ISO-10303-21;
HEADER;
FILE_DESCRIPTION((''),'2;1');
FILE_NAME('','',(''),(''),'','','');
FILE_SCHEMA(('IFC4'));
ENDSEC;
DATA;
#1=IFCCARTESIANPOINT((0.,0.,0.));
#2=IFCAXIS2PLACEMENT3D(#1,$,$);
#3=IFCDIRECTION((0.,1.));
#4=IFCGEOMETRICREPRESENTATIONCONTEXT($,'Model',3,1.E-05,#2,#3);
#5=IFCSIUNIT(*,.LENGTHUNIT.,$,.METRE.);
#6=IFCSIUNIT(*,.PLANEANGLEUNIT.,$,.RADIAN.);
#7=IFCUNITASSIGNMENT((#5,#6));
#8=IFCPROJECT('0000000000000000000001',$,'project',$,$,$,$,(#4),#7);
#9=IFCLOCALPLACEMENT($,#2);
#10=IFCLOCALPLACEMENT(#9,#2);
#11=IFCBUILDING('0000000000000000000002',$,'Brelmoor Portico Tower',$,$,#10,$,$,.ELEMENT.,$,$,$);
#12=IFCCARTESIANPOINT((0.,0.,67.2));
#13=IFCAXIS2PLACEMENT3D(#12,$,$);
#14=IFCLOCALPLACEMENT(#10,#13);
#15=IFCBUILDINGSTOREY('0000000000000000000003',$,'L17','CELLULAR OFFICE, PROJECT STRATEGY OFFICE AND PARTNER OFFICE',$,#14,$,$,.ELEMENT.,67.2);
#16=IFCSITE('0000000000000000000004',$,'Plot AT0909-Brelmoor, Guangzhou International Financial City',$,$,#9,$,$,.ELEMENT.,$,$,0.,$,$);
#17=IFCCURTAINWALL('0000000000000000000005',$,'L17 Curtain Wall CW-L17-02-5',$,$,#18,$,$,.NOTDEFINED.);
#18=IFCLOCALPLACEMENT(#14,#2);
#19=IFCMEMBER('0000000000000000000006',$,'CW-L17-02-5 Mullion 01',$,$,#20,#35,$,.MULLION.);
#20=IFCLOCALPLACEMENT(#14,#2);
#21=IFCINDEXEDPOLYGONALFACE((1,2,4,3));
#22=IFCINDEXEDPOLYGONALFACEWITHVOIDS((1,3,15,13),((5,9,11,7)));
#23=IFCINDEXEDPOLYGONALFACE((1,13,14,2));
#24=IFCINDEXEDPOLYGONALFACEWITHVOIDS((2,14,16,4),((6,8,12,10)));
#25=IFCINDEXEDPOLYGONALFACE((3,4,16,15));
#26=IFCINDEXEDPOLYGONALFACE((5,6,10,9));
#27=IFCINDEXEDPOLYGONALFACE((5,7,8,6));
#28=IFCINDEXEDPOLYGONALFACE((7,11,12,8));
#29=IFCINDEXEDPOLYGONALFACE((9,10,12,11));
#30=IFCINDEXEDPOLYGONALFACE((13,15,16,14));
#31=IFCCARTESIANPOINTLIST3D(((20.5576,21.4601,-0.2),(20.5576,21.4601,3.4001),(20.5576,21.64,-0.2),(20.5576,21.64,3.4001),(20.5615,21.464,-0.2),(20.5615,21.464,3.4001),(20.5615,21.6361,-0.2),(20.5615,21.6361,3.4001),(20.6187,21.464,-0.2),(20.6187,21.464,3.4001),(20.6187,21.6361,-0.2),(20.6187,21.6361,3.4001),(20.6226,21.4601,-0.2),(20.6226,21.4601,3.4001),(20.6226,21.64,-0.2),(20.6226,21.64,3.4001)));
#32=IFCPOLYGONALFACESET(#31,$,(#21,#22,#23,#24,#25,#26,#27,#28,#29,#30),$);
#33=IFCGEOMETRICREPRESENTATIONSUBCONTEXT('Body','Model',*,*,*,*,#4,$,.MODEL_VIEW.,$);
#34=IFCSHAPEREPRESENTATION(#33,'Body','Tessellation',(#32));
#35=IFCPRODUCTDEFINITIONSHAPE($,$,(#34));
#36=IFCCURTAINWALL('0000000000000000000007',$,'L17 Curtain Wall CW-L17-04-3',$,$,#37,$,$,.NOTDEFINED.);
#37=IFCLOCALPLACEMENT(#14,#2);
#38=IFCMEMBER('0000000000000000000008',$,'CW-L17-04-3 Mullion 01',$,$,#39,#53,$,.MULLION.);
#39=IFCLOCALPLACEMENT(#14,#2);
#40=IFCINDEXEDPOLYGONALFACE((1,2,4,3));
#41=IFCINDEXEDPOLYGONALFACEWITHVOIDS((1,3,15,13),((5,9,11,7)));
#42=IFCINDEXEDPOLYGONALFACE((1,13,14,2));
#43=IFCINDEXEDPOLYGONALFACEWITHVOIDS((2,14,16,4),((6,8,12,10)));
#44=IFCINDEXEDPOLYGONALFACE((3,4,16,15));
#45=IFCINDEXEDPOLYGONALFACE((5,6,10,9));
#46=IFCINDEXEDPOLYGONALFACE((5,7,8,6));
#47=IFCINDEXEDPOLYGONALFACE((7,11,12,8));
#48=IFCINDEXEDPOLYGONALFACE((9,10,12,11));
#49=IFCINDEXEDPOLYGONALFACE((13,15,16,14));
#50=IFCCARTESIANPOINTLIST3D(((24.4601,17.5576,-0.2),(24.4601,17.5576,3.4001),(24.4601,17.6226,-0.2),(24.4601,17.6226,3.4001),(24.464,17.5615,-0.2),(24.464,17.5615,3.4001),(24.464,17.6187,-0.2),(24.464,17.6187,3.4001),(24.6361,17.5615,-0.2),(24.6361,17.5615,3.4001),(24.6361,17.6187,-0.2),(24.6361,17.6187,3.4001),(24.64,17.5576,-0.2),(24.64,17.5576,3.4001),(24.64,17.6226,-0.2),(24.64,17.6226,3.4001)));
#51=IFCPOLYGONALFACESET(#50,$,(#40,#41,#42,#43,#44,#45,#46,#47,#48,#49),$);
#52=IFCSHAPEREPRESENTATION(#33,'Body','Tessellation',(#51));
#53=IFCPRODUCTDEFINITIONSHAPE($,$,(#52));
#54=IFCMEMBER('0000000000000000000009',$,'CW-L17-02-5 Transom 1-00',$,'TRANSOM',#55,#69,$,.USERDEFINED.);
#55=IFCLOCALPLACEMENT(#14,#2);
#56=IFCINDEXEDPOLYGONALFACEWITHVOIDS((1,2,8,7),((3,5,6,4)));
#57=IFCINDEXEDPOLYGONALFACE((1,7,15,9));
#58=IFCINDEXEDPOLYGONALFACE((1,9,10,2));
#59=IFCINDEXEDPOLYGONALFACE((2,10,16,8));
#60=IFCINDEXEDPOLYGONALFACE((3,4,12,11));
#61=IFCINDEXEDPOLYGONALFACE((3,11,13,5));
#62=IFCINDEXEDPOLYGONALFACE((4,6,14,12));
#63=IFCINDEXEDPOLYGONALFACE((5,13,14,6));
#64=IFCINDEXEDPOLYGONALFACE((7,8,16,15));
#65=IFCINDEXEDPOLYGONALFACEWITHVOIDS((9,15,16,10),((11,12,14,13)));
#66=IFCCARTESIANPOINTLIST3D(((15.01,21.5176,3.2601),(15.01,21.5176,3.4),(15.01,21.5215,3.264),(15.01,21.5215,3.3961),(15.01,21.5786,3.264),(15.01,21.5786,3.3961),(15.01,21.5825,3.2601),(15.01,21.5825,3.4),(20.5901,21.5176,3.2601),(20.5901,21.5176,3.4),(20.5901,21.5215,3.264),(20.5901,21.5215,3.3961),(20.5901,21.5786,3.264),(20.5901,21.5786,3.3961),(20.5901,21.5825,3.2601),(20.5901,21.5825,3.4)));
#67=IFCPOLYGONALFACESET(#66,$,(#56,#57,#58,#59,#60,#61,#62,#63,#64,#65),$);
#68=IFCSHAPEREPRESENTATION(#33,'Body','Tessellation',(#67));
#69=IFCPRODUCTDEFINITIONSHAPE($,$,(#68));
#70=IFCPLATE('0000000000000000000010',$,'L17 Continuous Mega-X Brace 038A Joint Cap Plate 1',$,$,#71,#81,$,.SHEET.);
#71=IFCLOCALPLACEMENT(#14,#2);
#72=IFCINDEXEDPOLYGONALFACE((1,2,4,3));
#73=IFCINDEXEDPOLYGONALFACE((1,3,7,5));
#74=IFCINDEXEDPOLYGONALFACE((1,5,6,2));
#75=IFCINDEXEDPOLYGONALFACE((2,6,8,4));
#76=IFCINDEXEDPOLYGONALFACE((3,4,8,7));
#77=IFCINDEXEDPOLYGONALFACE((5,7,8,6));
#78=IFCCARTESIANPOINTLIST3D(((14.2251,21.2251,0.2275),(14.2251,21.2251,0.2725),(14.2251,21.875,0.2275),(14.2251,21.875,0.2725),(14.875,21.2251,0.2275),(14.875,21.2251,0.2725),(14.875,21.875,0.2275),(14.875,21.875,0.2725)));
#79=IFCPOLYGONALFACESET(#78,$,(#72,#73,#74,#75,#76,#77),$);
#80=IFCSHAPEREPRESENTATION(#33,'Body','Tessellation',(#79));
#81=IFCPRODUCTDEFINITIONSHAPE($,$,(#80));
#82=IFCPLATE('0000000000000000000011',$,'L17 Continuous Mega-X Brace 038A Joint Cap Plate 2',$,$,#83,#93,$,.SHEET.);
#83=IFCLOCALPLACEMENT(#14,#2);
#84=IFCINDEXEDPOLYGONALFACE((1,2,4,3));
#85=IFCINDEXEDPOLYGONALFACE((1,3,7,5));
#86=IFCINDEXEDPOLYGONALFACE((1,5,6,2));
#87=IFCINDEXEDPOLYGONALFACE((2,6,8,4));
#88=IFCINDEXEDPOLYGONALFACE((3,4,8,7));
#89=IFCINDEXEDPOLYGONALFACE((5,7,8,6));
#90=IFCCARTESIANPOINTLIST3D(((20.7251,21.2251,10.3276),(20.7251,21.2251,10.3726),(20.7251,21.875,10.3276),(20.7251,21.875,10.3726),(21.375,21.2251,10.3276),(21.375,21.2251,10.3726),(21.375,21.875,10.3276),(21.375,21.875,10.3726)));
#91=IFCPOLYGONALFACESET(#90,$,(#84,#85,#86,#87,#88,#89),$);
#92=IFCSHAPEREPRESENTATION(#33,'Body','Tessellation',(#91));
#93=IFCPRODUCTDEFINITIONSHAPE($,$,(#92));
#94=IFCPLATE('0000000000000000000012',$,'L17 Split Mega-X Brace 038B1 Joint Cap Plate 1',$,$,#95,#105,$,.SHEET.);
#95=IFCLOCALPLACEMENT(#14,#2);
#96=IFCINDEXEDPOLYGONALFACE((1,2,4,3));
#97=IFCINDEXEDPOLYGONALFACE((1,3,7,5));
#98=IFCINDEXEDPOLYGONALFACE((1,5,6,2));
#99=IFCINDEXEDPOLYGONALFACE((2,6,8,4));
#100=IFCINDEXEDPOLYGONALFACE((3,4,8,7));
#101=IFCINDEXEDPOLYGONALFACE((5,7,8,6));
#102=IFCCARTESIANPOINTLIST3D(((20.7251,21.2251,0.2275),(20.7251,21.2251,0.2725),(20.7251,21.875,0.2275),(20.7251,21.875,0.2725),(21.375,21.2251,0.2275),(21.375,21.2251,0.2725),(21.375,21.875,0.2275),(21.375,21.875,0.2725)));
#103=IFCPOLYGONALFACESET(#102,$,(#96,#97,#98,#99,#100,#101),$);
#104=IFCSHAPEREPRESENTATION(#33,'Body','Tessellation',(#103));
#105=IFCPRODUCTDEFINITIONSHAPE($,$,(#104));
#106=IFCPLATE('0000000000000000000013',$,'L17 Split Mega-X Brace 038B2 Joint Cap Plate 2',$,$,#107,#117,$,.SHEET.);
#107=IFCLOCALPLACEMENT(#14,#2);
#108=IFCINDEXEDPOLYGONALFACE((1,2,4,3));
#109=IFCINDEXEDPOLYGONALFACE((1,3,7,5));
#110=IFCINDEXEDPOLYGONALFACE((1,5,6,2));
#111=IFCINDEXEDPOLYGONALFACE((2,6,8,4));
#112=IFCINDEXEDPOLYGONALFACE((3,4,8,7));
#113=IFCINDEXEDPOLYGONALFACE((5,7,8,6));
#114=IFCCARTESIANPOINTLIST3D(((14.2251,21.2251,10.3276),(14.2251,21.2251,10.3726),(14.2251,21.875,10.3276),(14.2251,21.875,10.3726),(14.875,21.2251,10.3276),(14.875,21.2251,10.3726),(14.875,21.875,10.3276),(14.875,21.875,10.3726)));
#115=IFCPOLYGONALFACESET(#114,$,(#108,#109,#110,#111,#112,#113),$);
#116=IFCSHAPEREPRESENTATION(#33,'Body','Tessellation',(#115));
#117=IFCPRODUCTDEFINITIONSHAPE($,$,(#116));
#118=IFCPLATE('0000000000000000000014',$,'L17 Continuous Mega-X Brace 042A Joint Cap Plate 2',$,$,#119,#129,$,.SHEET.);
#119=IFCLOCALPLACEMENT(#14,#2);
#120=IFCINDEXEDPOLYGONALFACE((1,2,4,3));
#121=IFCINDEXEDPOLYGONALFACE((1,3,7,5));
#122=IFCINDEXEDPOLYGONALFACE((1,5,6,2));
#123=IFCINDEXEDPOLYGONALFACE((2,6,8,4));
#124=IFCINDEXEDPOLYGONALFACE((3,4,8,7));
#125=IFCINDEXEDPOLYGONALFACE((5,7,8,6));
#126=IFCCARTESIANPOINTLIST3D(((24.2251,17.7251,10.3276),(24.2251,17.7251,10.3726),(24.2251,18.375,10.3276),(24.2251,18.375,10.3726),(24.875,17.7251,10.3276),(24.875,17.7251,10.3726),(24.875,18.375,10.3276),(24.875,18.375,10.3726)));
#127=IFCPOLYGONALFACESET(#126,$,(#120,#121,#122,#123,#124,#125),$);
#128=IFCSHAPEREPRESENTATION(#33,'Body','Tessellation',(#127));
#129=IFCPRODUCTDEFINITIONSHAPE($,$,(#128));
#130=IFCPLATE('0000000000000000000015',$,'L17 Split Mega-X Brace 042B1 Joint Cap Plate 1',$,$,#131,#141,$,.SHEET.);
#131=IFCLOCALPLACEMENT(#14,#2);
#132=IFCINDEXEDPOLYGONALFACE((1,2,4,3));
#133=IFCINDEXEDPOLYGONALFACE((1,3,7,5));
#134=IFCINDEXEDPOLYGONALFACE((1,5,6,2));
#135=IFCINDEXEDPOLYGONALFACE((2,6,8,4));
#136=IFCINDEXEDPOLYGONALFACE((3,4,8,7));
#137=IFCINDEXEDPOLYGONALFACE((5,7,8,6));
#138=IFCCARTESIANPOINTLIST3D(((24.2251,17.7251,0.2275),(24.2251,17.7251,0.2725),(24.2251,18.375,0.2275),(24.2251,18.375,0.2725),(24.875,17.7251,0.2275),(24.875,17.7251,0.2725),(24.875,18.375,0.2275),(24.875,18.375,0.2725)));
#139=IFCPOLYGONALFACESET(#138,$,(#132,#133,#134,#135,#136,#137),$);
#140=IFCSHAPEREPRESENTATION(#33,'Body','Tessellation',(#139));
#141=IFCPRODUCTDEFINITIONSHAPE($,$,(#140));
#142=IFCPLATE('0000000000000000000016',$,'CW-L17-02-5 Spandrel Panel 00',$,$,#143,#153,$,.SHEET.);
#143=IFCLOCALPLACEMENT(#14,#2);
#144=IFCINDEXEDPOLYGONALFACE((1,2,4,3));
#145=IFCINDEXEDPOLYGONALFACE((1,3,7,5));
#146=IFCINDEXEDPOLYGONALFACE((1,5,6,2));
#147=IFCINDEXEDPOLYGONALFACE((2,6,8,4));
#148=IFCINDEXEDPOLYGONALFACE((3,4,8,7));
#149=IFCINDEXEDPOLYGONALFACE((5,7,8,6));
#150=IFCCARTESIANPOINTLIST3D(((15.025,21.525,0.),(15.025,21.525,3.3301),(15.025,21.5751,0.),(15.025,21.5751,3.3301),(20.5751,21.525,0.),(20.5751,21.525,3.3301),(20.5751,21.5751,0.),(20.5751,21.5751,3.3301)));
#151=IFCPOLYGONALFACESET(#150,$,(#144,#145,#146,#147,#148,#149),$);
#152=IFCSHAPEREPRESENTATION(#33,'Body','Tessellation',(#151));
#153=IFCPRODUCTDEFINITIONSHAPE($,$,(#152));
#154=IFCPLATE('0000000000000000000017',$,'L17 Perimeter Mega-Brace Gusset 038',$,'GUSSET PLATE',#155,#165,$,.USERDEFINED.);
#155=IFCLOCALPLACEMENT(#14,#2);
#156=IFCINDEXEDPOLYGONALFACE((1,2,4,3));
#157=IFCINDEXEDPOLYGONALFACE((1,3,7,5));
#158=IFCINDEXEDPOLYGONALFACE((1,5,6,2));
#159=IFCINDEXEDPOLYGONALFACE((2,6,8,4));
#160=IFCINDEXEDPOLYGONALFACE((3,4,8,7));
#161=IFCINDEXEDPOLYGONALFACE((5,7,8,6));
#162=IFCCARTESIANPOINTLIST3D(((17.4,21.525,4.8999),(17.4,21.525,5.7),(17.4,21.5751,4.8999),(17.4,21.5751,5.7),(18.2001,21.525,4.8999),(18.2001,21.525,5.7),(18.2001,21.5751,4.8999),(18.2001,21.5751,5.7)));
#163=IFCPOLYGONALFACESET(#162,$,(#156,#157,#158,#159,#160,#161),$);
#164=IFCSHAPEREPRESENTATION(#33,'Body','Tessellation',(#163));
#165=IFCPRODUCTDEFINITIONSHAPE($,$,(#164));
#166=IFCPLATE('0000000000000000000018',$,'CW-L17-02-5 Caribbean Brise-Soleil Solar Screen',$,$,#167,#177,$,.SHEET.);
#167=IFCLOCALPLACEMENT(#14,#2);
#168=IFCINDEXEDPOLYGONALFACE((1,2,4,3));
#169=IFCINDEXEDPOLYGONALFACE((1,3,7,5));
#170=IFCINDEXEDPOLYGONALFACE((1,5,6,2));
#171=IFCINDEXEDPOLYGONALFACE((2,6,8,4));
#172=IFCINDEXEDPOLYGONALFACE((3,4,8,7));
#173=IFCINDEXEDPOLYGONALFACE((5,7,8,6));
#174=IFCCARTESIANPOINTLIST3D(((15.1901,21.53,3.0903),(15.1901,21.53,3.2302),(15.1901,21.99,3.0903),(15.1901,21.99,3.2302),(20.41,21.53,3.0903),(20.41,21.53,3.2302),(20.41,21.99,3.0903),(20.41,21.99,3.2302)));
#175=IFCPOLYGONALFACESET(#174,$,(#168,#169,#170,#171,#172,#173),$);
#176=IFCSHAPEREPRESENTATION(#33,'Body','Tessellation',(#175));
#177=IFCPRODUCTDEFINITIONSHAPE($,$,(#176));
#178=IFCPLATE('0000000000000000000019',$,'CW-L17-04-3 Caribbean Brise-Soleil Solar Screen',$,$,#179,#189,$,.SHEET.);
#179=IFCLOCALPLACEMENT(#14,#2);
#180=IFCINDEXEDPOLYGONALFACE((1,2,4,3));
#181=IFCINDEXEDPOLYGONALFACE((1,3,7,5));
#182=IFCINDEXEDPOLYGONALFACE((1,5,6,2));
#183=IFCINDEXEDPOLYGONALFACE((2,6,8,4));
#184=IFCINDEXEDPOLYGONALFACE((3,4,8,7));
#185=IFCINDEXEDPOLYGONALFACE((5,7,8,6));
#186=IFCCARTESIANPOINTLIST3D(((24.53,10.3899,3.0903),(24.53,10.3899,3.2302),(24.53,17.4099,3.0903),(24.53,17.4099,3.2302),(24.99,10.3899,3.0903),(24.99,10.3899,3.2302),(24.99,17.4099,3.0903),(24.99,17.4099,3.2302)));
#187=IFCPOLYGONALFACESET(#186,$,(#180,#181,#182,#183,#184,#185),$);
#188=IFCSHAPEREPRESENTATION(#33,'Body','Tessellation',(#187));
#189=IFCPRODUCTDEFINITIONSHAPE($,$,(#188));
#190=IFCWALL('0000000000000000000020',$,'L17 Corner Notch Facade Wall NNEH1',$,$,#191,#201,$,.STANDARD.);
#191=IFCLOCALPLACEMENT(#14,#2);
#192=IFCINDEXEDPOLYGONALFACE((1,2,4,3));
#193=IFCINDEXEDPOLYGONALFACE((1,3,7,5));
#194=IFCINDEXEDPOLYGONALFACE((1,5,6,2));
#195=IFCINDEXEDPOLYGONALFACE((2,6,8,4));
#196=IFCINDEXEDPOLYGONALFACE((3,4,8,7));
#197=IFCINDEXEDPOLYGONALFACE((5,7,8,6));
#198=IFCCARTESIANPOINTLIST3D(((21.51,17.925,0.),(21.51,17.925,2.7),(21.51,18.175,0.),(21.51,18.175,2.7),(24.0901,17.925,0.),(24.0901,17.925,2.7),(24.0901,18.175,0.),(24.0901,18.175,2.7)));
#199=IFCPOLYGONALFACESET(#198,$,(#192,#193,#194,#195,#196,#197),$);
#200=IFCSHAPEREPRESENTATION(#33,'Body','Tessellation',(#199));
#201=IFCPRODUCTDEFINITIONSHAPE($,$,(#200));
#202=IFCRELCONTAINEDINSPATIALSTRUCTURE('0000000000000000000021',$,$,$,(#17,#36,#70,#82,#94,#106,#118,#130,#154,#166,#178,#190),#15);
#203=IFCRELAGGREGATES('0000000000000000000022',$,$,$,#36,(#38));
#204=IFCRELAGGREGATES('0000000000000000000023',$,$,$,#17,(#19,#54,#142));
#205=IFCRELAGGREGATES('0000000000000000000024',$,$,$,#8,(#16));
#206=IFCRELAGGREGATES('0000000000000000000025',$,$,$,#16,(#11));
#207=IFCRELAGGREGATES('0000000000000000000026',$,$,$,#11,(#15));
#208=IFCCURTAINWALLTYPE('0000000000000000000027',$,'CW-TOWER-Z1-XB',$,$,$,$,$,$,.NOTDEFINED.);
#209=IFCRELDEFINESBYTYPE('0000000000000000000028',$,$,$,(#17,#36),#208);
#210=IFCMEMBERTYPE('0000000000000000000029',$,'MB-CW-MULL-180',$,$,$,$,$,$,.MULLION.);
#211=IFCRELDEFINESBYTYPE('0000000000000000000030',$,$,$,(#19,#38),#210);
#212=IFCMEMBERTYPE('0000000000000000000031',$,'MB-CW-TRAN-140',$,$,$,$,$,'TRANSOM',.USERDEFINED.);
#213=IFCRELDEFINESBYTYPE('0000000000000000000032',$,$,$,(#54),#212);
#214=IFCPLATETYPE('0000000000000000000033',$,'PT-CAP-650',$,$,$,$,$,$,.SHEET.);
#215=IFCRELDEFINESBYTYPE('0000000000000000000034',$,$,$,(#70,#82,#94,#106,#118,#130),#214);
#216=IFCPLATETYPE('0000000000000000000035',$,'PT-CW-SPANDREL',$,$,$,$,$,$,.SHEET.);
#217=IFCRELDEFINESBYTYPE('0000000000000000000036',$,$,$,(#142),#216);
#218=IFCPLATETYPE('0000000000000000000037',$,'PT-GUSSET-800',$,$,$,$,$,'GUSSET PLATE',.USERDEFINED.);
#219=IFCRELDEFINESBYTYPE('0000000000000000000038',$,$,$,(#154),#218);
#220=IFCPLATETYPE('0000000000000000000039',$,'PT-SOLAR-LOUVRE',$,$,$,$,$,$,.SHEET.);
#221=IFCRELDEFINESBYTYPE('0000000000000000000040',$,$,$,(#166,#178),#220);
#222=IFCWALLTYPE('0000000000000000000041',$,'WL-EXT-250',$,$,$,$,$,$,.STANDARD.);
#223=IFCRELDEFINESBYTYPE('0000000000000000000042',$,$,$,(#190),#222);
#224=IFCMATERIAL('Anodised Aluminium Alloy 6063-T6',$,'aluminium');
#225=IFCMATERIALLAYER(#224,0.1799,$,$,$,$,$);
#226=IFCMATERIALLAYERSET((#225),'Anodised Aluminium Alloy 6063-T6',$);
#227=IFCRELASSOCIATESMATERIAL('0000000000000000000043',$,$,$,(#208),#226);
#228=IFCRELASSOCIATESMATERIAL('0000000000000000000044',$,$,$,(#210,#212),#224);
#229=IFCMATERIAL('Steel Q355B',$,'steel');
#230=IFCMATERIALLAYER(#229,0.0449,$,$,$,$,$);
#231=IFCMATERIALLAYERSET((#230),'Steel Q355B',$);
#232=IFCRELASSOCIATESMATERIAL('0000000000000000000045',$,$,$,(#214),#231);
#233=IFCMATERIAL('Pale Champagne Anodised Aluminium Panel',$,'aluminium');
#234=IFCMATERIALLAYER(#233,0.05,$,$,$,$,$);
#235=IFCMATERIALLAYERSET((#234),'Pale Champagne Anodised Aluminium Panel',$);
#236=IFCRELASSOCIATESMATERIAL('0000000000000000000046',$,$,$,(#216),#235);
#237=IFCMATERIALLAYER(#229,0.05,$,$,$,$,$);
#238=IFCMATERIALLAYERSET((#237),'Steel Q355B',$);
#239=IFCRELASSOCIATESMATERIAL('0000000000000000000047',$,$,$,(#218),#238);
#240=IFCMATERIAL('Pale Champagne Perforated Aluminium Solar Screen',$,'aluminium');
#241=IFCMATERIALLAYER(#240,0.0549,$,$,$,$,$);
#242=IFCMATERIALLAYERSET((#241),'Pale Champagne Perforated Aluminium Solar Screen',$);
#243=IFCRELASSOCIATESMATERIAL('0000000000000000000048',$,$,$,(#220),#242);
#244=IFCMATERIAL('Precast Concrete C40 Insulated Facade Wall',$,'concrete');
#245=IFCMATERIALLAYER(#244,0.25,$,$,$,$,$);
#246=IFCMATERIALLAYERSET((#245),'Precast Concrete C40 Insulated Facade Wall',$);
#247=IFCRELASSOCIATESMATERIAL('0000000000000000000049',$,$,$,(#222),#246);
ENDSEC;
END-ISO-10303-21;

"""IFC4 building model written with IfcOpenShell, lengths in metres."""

from ifc_helpers import new_model, si_unit, direction, frame, frame_2d, origin, origin_2d, place, context, subcontext, project, spatial, rectangle, hollow_rectangle, extrude, material, layer, layer_set, material_profile, profile_set, type_object, element, aggregate, save


model = new_model("IFC4")

# Units and contexts
model_context = context("Model", 3, precision=1e-05, world=origin(), true_north=direction((0.0, 1.0)))
body_context = subcontext(model_context, "Body", "Model", "MODEL_VIEW")
ifc_project = project(units=[si_unit("LENGTHUNIT", "METRE"), si_unit("PLANEANGLEUNIT", "RADIAN")], contexts=[model_context])

# Site, building, storey
site_placement = place(None, origin())
site = spatial("IfcSite", under=ifc_project, at=site_placement, Name="Plot AT0909-Brelmoor, Guangzhou International Financial City", CompositionType="ELEMENT", RefElevation=0.0)
building_placement = place(site_placement, origin())
building = spatial("IfcBuilding", under=site, at=building_placement, Name="Brelmoor Portico Tower", CompositionType="ELEMENT")
storey_placement = place(building_placement, frame((0.0, 0.0, 67.2)))
storey = spatial("IfcBuildingStorey", under=building, at=storey_placement, Name="L17", Description="CELLULAR OFFICE, PROJECT STRATEGY OFFICE AND PARTNER OFFICE", CompositionType="ELEMENT", Elevation=67.2)

# Shared definitions
ifc_material_1 = material(Name="Steel Q355B", Category="steel")

# Curtain wall, member
ifc_material_2 = material(Name="Anodised Aluminium Alloy 6063-T6", Category="aluminium")
ifc_layer_1 = layer(ifc_material_2, 0.1799)
ifc_layer_set_1 = layer_set([ifc_layer_1], Name="Anodised Aluminium Alloy 6063-T6")
curtain_wall_type = type_object("IfcCurtainWallType", Name="CW-TOWER-Z1-XB", PredefinedType="NOTDEFINED", material=ifc_layer_set_1)
curtain_wall_1_placement = place(storey_placement, origin())
curtain_wall_1 = element("IfcCurtainWall", 1, at=curtain_wall_1_placement, inside=storey, type_object=curtain_wall_type, Name="L17 Curtain Wall CW-L17-02-5", PredefinedType="NOTDEFINED")
ifc_material_profile_1 = material_profile(ifc_material_2, hollow_rectangle(XDim=0.0649, YDim=0.1799, WallThickness=0.0039, at=origin_2d()), Name="ALU MULLION 65x180")
ifc_profile_set_1 = profile_set([ifc_material_profile_1], Name="Anodised Aluminium Alloy 6063-T6")
member_type_1 = type_object("IfcMemberType", Name="MB-CW-MULL-180", PredefinedType="MULLION", material=ifc_profile_set_1)
member_1_placement = place(storey_placement, frame((20.5901, 21.55, -0.2), z_axis=(0.0, 0.0, 1.0), x_axis=(1.0, 0.0, 0.0)))
member_1 = element("IfcMember", 2, at=member_1_placement, type_object=member_type_1, Name="CW-L17-02-5 Mullion 01", PredefinedType="MULLION", context=body_context, shape_type="SweptSolid", body=[
    extrude(hollow_rectangle(XDim=0.0649, YDim=0.1799, WallThickness=0.0039, at=origin_2d()), origin(), (0.0, 0.0, 1.0), 3.6001),
])

# Curtain wall, member
curtain_wall_2_placement = place(storey_placement, origin())
curtain_wall_2 = element("IfcCurtainWall", 3, at=curtain_wall_2_placement, inside=storey, type_object=curtain_wall_type, Name="L17 Curtain Wall CW-L17-04-3", PredefinedType="NOTDEFINED")
member_2_placement = place(storey_placement, frame((24.55, 17.5901, -0.2), z_axis=(0.0, 0.0, 1.0), x_axis=(0.0, 1.0, 0.0)))
member_2 = element("IfcMember", 4, at=member_2_placement, type_object=member_type_1, Name="CW-L17-04-3 Mullion 01", PredefinedType="MULLION", context=body_context, shape_type="SweptSolid", body=[
    extrude(hollow_rectangle(XDim=0.0649, YDim=0.1799, WallThickness=0.0039, at=origin_2d()), origin(), (0.0, 0.0, 1.0), 3.6001),
])
aggregate(curtain_wall_2, [member_2])

# Member
ifc_material_profile_2 = material_profile(ifc_material_2, hollow_rectangle(XDim=0.0649, YDim=0.1399, WallThickness=0.0039, at=origin_2d()), Name="ALU TRANSOM 65x140")
ifc_profile_set_2 = profile_set([ifc_material_profile_2], Name="Anodised Aluminium Alloy 6063-T6")
member_type_2 = type_object("IfcMemberType", Name="MB-CW-TRAN-140", ElementType="TRANSOM", PredefinedType="USERDEFINED", material=ifc_profile_set_2)
member_3_placement = place(storey_placement, frame((15.01, 21.55, 3.3301), z_axis=(1.0, 0.0, 0.0), x_axis=(0.0, 1.0, 0.0)))
member_3 = element("IfcMember", 5, at=member_3_placement, type_object=member_type_2, Name="CW-L17-02-5 Transom 1-00", ObjectType="TRANSOM", PredefinedType="USERDEFINED", context=body_context, shape_type="SweptSolid", body=[
    extrude(hollow_rectangle(XDim=0.0649, YDim=0.1399, WallThickness=0.0039, at=origin_2d()), origin(), (0.0, 0.0, 1.0), 5.5801),
])

# Plates
ifc_layer_2 = layer(ifc_material_1, 0.0449)
ifc_layer_set_2 = layer_set([ifc_layer_2], Name="Steel Q355B")
plate_type_1 = type_object("IfcPlateType", Name="PT-CAP-650", PredefinedType="SHEET", material=ifc_layer_set_2)
for number, where, z_axis, x_axis, name in (
    (6, (14.55, 21.55, 0.2275), (0.0, 0.0, 1.0), (1.0, 0.0, 0.0), "L17 Continuous Mega-X Brace 038A Joint Cap Plate 1"),
    (7, (21.05, 21.55, 10.3276), (0.0, 0.0, 1.0), (1.0, 0.0, 0.0), "L17 Continuous Mega-X Brace 038A Joint Cap Plate 2"),
    (8, (21.05, 21.55, 0.2275), (0.0, 0.0, 1.0), (1.0, 0.0, 0.0), "L17 Split Mega-X Brace 038B1 Joint Cap Plate 1"),
    (9, (14.55, 21.55, 10.3276), (0.0, 0.0, 1.0), (1.0, 0.0, 0.0), "L17 Split Mega-X Brace 038B2 Joint Cap Plate 2"),
    (10, (24.55, 18.05, 10.3276), (0.0, 0.0, 1.0), (1.0, 0.0, 0.0), "L17 Continuous Mega-X Brace 042A Joint Cap Plate 2"),
    (11, (24.55, 18.05, 0.2275), (0.0, 0.0, 1.0), (1.0, 0.0, 0.0), "L17 Split Mega-X Brace 042B1 Joint Cap Plate 1"),
):
    element("IfcPlate", number, at=place(storey_placement, frame(where, z_axis=z_axis, x_axis=x_axis)), inside=storey, type_object=plate_type_1, Name=name, PredefinedType="SHEET", context=body_context, shape_type="SweptSolid", body=[
        extrude(rectangle(XDim=0.6499, YDim=0.6499, at=origin_2d()), origin(), (0.0, 0.0, 1.0), 0.0449),
    ])

# Plate
ifc_material_3 = material(Name="Pale Champagne Anodised Aluminium Panel", Category="aluminium")
ifc_layer_3 = layer(ifc_material_3, 0.05)
ifc_layer_set_3 = layer_set([ifc_layer_3], Name="Pale Champagne Anodised Aluminium Panel")
plate_type_2 = type_object("IfcPlateType", Name="PT-CW-SPANDREL", PredefinedType="SHEET", material=ifc_layer_set_3)
plate_1_placement = place(storey_placement, frame((17.8, 21.55, 0.0), z_axis=(0.0, 0.0, 1.0), x_axis=(1.0, 0.0, 0.0)))
plate_1 = element("IfcPlate", 12, at=plate_1_placement, type_object=plate_type_2, Name="CW-L17-02-5 Spandrel Panel 00", PredefinedType="SHEET", context=body_context, shape_type="SweptSolid", body=[
    extrude(rectangle(XDim=5.55, YDim=0.05, at=origin_2d()), origin(), (0.0, 0.0, 1.0), 3.3301),
])
aggregate(curtain_wall_1, [member_1, member_3, plate_1])

# Plates
ifc_layer_4 = layer(ifc_material_1, 0.05)
ifc_layer_set_4 = layer_set([ifc_layer_4], Name="Steel Q355B")
plate_type_3 = type_object("IfcPlateType", Name="PT-GUSSET-800", ElementType="GUSSET PLATE", PredefinedType="USERDEFINED", material=ifc_layer_set_4)
plate_2_placement = place(storey_placement, frame((17.8, 21.55, 4.8999), z_axis=(0.0, 0.0, 1.0), x_axis=(1.0, 0.0, 0.0)))
element("IfcPlate", 13, at=plate_2_placement, inside=storey, type_object=plate_type_3, Name="L17 Perimeter Mega-Brace Gusset 038", ObjectType="GUSSET PLATE", PredefinedType="USERDEFINED", context=body_context, shape_type="SweptSolid", body=[
    extrude(rectangle(XDim=0.8, YDim=0.05, at=origin_2d()), origin(), (0.0, 0.0, 1.0), 0.8),
])
ifc_material_4 = material(Name="Pale Champagne Perforated Aluminium Solar Screen", Category="aluminium")
ifc_layer_5 = layer(ifc_material_4, 0.0549)
ifc_layer_set_5 = layer_set([ifc_layer_5], Name="Pale Champagne Perforated Aluminium Solar Screen")
plate_type_4 = type_object("IfcPlateType", Name="PT-SOLAR-LOUVRE", PredefinedType="SHEET", material=ifc_layer_set_5)
plate_3_placement = place(storey_placement, frame((17.8, 21.76, 3.0903), z_axis=(0.0, 0.0, 1.0), x_axis=(1.0, 0.0, 0.0)))
element("IfcPlate", 14, at=plate_3_placement, inside=storey, type_object=plate_type_4, Name="CW-L17-02-5 Caribbean Brise-Soleil Solar Screen", PredefinedType="SHEET", context=body_context, shape_type="SweptSolid", body=[
    extrude(rectangle(XDim=5.22, YDim=0.46, at=origin_2d()), origin(), (0.0, 0.0, 1.0), 0.1399),
])
plate_4_placement = place(storey_placement, frame((24.76, 13.8999, 3.0903), z_axis=(0.0, 0.0, 1.0), x_axis=(0.0, 1.0, 0.0)))
element("IfcPlate", 15, at=plate_4_placement, inside=storey, type_object=plate_type_4, Name="CW-L17-04-3 Caribbean Brise-Soleil Solar Screen", PredefinedType="SHEET", context=body_context, shape_type="SweptSolid", body=[
    extrude(rectangle(XDim=7.02, YDim=0.46, at=origin_2d()), origin(), (0.0, 0.0, 1.0), 0.1399),
])

# Wall
ifc_material_5 = material(Name="Precast Concrete C40 Insulated Facade Wall", Category="concrete")
ifc_layer_6 = layer(ifc_material_5, 0.25)
ifc_layer_set_6 = layer_set([ifc_layer_6], Name="Precast Concrete C40 Insulated Facade Wall")
wall_type = type_object("IfcWallType", Name="WL-EXT-250", PredefinedType="STANDARD", material=ifc_layer_set_6)
for number, where, z_axis, x_axis, name in (
    (16, (21.51, 18.05, 0.0), (0.0, 0.0, 1.0), (1.0, 0.0, 0.0), "L17 Corner Notch Facade Wall NNEH1"),
):
    element("IfcWall", number, at=place(storey_placement, frame(where, z_axis=z_axis, x_axis=x_axis)), inside=storey, type_object=wall_type, Name=name, PredefinedType="STANDARD", context=body_context, shape_type="SweptSolid", body=[
        extrude(rectangle(XDim=2.5801, YDim=0.25, at=frame_2d((1.29, 0.0))), origin(), (0.0, 0.0, 1.0), 2.7),
    ])

save(model, "model.ifc")
